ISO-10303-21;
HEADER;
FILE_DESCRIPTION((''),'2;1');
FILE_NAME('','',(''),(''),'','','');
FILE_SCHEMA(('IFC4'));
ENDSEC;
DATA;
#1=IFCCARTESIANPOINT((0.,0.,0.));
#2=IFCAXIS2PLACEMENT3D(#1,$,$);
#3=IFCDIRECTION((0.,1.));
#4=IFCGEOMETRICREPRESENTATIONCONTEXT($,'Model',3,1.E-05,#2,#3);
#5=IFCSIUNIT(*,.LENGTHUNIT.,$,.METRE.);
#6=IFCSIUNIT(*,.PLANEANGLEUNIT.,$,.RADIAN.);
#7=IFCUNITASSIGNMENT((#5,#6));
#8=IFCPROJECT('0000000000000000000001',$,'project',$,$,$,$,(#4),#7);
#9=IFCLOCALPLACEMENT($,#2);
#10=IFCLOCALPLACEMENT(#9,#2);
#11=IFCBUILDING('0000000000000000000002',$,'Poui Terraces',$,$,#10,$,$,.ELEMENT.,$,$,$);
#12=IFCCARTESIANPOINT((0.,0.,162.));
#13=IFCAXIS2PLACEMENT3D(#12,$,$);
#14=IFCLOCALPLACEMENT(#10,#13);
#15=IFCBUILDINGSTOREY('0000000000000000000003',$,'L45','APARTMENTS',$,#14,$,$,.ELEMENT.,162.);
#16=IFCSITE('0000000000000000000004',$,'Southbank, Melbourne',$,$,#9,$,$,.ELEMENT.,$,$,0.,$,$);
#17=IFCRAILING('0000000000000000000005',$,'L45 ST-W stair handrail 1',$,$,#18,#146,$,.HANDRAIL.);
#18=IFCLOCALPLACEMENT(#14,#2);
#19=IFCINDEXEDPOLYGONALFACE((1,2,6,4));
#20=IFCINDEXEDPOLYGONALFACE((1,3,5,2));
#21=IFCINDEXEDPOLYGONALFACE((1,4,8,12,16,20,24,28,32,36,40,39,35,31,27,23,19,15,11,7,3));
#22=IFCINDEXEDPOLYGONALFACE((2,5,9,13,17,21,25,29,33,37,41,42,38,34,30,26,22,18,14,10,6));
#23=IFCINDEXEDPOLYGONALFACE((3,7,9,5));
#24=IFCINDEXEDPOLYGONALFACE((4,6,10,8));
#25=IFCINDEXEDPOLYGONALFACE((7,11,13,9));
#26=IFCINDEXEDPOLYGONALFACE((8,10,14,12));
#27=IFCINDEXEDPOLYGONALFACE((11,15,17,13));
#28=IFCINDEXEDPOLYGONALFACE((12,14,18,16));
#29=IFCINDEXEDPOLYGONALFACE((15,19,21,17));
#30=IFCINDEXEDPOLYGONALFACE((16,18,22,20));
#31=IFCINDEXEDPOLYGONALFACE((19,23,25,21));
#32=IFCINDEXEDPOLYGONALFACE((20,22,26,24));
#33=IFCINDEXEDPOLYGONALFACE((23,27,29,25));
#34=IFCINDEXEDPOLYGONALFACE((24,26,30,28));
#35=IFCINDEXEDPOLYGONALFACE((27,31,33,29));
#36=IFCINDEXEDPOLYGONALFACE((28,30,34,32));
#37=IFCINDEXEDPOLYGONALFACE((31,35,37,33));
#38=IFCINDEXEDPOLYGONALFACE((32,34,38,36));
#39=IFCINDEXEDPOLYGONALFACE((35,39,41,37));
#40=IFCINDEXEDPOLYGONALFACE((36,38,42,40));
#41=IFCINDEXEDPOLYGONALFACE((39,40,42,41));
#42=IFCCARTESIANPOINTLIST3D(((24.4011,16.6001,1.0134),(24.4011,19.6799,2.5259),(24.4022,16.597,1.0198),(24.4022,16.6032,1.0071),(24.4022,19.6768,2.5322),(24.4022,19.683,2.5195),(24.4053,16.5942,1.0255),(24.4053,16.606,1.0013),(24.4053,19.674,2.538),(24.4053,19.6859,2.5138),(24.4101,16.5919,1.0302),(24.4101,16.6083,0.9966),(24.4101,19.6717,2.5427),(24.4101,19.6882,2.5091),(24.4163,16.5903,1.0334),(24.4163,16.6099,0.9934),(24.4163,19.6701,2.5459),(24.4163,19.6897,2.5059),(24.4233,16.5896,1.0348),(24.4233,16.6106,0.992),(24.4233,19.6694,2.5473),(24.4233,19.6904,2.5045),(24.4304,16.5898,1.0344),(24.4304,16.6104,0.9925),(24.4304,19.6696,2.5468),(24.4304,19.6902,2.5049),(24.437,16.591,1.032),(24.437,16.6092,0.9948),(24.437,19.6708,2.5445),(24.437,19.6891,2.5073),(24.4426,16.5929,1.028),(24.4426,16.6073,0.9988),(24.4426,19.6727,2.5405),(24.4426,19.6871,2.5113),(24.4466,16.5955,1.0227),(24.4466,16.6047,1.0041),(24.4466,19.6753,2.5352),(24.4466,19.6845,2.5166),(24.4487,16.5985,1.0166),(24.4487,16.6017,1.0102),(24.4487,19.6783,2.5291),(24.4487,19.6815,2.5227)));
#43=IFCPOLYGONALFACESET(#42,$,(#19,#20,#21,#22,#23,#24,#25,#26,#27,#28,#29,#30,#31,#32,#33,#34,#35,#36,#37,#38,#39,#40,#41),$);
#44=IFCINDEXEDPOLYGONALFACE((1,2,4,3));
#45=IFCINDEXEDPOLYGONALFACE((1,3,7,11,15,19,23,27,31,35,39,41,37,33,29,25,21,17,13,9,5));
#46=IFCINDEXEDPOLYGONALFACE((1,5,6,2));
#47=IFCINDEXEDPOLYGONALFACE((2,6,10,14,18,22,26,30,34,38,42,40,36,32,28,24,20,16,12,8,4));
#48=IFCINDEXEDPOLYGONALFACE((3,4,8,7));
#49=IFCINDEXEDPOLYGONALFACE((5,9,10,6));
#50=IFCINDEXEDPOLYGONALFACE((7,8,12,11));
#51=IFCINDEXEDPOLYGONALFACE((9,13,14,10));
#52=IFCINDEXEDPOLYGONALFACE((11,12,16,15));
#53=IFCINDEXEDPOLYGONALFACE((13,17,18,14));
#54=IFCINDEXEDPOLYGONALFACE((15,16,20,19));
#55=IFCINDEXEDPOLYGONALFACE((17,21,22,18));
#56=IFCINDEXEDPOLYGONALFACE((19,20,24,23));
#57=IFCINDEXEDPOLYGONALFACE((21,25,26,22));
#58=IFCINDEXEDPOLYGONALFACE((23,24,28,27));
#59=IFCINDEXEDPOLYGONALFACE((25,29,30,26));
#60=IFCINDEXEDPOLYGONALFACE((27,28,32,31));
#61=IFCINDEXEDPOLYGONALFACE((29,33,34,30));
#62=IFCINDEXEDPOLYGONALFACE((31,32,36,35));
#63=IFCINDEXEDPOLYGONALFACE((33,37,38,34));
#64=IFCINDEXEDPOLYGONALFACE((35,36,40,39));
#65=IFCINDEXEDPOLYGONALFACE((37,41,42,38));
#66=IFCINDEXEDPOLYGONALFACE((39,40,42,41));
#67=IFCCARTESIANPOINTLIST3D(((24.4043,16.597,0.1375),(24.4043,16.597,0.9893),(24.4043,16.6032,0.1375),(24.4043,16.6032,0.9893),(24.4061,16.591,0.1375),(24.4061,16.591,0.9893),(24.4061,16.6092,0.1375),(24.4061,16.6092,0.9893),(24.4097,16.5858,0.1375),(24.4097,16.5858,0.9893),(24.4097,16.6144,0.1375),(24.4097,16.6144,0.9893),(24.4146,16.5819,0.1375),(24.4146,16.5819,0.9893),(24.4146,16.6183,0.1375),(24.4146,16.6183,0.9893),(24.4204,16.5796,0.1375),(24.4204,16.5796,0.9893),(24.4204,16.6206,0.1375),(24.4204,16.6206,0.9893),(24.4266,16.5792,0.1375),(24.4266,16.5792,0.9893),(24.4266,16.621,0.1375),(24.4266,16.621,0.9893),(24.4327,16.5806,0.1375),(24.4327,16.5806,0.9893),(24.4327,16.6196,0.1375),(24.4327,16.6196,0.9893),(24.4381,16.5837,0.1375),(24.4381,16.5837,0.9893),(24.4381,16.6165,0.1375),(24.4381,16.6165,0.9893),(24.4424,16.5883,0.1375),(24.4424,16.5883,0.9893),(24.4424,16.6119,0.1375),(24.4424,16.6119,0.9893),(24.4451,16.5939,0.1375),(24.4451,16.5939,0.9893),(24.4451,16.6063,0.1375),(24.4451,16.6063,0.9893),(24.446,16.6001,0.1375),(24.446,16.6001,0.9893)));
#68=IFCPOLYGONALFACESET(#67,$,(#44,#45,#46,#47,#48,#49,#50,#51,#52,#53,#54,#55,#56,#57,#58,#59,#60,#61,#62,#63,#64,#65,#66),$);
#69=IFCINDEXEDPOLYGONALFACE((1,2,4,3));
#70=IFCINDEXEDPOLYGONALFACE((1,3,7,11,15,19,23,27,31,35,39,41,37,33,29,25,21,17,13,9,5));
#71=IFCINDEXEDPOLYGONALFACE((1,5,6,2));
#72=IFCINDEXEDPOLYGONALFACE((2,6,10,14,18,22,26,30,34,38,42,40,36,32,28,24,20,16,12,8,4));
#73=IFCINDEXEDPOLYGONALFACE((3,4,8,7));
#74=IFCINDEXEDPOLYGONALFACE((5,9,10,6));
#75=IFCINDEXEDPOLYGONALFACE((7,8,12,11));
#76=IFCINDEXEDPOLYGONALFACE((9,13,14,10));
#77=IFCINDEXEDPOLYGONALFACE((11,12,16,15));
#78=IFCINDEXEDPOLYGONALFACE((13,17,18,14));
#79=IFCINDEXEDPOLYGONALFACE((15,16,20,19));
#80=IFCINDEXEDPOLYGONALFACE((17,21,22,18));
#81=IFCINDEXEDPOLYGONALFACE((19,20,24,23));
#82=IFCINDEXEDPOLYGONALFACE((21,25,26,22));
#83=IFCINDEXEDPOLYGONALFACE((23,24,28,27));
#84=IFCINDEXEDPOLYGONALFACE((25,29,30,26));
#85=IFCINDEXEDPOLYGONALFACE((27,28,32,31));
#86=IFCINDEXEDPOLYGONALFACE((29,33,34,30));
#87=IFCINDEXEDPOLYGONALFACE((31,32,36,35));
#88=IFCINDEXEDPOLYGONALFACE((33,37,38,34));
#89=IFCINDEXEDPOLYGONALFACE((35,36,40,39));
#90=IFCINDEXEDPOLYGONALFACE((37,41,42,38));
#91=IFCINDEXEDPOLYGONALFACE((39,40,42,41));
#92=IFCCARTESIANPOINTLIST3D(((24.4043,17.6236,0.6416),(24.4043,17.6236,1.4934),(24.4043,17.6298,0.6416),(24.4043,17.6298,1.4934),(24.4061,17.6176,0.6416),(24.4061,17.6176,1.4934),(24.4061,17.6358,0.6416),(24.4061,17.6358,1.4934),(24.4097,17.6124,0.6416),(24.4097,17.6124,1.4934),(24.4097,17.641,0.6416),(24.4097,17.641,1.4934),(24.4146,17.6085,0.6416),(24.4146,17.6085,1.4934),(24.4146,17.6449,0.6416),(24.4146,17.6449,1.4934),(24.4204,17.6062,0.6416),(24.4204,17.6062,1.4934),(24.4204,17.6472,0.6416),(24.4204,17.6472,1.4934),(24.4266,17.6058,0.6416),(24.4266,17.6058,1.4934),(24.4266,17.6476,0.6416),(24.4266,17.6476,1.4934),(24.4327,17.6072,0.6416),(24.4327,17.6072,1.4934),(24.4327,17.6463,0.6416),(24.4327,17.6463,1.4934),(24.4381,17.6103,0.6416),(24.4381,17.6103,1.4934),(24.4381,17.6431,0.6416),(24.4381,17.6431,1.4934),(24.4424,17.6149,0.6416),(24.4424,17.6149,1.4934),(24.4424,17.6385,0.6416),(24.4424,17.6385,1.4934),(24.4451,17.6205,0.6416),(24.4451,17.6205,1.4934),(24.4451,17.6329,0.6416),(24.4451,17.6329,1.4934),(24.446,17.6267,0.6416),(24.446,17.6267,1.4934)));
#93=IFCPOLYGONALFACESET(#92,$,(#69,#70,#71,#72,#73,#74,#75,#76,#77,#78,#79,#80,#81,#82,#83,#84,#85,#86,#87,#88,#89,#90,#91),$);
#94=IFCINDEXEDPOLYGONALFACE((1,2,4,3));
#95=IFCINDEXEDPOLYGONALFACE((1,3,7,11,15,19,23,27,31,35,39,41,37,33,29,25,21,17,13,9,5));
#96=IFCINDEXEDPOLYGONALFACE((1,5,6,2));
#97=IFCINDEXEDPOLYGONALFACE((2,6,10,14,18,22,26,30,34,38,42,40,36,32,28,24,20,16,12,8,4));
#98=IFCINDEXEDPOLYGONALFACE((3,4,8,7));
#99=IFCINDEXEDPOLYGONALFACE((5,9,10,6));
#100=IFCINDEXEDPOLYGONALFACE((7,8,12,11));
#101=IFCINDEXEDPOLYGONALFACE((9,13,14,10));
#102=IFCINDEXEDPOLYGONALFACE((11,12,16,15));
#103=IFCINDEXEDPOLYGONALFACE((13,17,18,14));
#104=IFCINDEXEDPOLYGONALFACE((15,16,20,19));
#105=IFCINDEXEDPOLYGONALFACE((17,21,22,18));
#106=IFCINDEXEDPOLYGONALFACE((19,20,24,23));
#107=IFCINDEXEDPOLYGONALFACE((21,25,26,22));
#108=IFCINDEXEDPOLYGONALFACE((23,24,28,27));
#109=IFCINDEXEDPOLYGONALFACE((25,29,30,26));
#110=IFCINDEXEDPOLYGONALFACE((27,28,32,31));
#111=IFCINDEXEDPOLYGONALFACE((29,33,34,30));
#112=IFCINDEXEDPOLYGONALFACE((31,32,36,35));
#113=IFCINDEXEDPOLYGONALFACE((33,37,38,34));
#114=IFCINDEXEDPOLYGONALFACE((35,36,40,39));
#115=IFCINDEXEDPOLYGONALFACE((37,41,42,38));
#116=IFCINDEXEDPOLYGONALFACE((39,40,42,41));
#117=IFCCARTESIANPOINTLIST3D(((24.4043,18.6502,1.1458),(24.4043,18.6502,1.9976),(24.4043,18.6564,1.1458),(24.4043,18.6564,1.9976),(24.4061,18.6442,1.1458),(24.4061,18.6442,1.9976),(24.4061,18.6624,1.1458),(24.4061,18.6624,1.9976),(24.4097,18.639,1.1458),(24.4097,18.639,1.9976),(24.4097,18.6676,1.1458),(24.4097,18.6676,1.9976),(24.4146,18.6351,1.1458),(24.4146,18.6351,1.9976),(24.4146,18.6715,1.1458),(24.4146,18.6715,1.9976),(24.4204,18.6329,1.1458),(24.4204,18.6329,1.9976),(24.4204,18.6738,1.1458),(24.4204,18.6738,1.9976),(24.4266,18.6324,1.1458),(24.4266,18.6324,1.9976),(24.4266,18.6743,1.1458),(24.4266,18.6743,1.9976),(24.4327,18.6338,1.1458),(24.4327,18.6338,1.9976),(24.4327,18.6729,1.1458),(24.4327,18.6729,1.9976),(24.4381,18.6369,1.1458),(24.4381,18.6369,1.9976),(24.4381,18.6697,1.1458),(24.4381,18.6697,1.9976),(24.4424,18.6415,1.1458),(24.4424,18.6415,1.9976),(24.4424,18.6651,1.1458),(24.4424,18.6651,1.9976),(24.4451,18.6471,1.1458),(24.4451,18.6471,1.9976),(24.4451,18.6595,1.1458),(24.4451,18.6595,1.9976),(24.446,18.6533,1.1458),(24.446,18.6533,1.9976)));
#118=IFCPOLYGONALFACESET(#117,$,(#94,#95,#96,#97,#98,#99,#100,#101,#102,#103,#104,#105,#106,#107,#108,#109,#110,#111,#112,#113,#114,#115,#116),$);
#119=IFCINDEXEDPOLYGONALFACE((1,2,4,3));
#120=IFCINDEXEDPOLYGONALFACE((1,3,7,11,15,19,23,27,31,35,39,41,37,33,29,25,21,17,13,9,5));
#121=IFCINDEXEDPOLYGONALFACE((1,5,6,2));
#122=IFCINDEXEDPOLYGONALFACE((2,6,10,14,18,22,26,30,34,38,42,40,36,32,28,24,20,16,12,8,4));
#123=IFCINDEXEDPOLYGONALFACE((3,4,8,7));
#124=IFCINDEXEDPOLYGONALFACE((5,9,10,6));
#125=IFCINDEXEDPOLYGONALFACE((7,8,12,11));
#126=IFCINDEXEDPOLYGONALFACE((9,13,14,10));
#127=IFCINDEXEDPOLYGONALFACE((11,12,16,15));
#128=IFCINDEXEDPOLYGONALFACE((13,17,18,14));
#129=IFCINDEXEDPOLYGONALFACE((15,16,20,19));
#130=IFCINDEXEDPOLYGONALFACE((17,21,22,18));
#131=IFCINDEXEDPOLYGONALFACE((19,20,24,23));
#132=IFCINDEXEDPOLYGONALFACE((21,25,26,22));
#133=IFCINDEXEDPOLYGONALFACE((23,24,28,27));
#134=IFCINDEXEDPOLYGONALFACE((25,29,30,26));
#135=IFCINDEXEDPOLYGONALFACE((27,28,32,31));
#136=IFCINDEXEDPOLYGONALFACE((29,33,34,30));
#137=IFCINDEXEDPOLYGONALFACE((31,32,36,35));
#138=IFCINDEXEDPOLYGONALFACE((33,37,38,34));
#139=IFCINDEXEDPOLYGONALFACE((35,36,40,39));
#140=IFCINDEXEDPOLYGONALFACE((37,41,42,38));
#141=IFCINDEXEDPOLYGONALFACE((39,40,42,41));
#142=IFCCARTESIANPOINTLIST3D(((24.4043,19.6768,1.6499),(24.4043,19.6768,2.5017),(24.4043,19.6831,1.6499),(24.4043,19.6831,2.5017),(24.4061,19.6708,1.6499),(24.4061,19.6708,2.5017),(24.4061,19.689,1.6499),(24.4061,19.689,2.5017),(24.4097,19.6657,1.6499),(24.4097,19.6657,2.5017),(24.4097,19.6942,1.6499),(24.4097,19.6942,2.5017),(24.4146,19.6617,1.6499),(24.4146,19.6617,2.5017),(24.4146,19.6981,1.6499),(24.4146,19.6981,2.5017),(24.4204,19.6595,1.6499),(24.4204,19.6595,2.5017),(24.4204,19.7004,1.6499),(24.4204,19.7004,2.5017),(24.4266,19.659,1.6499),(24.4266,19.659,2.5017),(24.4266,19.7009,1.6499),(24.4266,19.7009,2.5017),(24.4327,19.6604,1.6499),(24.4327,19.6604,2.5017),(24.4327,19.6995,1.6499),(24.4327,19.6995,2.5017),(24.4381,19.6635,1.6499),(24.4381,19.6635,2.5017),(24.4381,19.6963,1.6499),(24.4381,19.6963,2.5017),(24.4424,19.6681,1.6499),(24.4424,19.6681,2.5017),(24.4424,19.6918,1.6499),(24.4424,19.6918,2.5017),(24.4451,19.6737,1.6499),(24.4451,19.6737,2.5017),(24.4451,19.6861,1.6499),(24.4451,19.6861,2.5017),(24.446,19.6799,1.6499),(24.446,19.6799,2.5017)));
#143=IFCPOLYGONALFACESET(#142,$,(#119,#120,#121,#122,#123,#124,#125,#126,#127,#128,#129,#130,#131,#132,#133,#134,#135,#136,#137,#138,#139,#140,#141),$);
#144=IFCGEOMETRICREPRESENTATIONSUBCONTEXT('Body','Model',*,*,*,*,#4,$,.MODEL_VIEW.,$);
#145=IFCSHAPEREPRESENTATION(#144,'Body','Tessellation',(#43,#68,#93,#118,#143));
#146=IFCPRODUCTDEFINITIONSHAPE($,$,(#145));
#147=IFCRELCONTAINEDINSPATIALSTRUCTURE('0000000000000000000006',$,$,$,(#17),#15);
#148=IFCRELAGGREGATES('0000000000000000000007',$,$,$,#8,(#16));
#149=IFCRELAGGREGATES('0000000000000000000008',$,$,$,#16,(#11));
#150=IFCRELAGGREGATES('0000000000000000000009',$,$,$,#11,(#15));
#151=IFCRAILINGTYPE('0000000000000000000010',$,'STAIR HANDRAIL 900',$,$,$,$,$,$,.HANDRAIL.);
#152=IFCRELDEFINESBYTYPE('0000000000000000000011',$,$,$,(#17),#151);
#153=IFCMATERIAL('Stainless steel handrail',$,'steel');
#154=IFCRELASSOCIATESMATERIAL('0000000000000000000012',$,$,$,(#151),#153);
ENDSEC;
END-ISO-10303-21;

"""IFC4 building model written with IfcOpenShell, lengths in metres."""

from ifc_helpers import new_model, si_unit, direction, frame, origin, origin_2d, place, context, subcontext, project, spatial, circle, extrude, material, type_object, element, save


model = new_model("IFC4")

# Units and contexts
model_context = context("Model", 3, precision=1e-05, world=origin(), true_north=direction((0.0, 1.0)))
body_context = subcontext(model_context, "Body", "Model", "MODEL_VIEW")
ifc_project = project(units=[si_unit("LENGTHUNIT", "METRE"), si_unit("PLANEANGLEUNIT", "RADIAN")], contexts=[model_context])

# Site, building, storey
site_placement = place(None, origin())
site = spatial("IfcSite", under=ifc_project, at=site_placement, Name="Southbank, Melbourne", CompositionType="ELEMENT", RefElevation=0.0)
building_placement = place(site_placement, origin())
building = spatial("IfcBuilding", under=site, at=building_placement, Name="Poui Terraces", CompositionType="ELEMENT")
storey_placement = place(building_placement, frame((0.0, 0.0, 162.0)))
storey = spatial("IfcBuildingStorey", under=building, at=storey_placement, Name="L45", Description="APARTMENTS", CompositionType="ELEMENT", Elevation=162.0)

# Railing
ifc_material_1 = material(Name="Stainless steel handrail", Category="steel")
railing_type_1 = type_object("IfcRailingType", Name="STAIR HANDRAIL 900", PredefinedType="HANDRAIL", material=ifc_material_1)
railing_1_placement = place(storey_placement, frame((24.425, 16.6001, 0.1375)))
element("IfcRailing", 1, at=railing_1_placement, inside=storey, type_object=railing_type_1, Name="L45 ST-W stair handrail 1", PredefinedType="HANDRAIL", context=body_context, shape_type="SweptSolid", body=[
    extrude(circle(Radius=0.0239, at=origin_2d()), frame((0.0, 0.0, 0.876), z_axis=(0.0, 0.897606, 0.440798), x_axis=(-1.0, 0.0, 0.0)), (0.0, 0.0, 1.0), 3.4312),
    extrude(circle(Radius=0.021, at=origin_2d()), origin(), (0.0, 0.0, 1.0), 0.8518),
    extrude(circle(Radius=0.021, at=origin_2d()), frame((0.0, 1.0266, 0.5042)), (0.0, 0.0, 1.0), 0.8518),
    extrude(circle(Radius=0.021, at=origin_2d()), frame((0.0, 2.0532, 1.0083)), (0.0, 0.0, 1.0), 0.8518),
    extrude(circle(Radius=0.021, at=origin_2d()), frame((0.0, 3.0798, 1.5125)), (0.0, 0.0, 1.0), 0.8518),
])

save(model, "model.ifc")
